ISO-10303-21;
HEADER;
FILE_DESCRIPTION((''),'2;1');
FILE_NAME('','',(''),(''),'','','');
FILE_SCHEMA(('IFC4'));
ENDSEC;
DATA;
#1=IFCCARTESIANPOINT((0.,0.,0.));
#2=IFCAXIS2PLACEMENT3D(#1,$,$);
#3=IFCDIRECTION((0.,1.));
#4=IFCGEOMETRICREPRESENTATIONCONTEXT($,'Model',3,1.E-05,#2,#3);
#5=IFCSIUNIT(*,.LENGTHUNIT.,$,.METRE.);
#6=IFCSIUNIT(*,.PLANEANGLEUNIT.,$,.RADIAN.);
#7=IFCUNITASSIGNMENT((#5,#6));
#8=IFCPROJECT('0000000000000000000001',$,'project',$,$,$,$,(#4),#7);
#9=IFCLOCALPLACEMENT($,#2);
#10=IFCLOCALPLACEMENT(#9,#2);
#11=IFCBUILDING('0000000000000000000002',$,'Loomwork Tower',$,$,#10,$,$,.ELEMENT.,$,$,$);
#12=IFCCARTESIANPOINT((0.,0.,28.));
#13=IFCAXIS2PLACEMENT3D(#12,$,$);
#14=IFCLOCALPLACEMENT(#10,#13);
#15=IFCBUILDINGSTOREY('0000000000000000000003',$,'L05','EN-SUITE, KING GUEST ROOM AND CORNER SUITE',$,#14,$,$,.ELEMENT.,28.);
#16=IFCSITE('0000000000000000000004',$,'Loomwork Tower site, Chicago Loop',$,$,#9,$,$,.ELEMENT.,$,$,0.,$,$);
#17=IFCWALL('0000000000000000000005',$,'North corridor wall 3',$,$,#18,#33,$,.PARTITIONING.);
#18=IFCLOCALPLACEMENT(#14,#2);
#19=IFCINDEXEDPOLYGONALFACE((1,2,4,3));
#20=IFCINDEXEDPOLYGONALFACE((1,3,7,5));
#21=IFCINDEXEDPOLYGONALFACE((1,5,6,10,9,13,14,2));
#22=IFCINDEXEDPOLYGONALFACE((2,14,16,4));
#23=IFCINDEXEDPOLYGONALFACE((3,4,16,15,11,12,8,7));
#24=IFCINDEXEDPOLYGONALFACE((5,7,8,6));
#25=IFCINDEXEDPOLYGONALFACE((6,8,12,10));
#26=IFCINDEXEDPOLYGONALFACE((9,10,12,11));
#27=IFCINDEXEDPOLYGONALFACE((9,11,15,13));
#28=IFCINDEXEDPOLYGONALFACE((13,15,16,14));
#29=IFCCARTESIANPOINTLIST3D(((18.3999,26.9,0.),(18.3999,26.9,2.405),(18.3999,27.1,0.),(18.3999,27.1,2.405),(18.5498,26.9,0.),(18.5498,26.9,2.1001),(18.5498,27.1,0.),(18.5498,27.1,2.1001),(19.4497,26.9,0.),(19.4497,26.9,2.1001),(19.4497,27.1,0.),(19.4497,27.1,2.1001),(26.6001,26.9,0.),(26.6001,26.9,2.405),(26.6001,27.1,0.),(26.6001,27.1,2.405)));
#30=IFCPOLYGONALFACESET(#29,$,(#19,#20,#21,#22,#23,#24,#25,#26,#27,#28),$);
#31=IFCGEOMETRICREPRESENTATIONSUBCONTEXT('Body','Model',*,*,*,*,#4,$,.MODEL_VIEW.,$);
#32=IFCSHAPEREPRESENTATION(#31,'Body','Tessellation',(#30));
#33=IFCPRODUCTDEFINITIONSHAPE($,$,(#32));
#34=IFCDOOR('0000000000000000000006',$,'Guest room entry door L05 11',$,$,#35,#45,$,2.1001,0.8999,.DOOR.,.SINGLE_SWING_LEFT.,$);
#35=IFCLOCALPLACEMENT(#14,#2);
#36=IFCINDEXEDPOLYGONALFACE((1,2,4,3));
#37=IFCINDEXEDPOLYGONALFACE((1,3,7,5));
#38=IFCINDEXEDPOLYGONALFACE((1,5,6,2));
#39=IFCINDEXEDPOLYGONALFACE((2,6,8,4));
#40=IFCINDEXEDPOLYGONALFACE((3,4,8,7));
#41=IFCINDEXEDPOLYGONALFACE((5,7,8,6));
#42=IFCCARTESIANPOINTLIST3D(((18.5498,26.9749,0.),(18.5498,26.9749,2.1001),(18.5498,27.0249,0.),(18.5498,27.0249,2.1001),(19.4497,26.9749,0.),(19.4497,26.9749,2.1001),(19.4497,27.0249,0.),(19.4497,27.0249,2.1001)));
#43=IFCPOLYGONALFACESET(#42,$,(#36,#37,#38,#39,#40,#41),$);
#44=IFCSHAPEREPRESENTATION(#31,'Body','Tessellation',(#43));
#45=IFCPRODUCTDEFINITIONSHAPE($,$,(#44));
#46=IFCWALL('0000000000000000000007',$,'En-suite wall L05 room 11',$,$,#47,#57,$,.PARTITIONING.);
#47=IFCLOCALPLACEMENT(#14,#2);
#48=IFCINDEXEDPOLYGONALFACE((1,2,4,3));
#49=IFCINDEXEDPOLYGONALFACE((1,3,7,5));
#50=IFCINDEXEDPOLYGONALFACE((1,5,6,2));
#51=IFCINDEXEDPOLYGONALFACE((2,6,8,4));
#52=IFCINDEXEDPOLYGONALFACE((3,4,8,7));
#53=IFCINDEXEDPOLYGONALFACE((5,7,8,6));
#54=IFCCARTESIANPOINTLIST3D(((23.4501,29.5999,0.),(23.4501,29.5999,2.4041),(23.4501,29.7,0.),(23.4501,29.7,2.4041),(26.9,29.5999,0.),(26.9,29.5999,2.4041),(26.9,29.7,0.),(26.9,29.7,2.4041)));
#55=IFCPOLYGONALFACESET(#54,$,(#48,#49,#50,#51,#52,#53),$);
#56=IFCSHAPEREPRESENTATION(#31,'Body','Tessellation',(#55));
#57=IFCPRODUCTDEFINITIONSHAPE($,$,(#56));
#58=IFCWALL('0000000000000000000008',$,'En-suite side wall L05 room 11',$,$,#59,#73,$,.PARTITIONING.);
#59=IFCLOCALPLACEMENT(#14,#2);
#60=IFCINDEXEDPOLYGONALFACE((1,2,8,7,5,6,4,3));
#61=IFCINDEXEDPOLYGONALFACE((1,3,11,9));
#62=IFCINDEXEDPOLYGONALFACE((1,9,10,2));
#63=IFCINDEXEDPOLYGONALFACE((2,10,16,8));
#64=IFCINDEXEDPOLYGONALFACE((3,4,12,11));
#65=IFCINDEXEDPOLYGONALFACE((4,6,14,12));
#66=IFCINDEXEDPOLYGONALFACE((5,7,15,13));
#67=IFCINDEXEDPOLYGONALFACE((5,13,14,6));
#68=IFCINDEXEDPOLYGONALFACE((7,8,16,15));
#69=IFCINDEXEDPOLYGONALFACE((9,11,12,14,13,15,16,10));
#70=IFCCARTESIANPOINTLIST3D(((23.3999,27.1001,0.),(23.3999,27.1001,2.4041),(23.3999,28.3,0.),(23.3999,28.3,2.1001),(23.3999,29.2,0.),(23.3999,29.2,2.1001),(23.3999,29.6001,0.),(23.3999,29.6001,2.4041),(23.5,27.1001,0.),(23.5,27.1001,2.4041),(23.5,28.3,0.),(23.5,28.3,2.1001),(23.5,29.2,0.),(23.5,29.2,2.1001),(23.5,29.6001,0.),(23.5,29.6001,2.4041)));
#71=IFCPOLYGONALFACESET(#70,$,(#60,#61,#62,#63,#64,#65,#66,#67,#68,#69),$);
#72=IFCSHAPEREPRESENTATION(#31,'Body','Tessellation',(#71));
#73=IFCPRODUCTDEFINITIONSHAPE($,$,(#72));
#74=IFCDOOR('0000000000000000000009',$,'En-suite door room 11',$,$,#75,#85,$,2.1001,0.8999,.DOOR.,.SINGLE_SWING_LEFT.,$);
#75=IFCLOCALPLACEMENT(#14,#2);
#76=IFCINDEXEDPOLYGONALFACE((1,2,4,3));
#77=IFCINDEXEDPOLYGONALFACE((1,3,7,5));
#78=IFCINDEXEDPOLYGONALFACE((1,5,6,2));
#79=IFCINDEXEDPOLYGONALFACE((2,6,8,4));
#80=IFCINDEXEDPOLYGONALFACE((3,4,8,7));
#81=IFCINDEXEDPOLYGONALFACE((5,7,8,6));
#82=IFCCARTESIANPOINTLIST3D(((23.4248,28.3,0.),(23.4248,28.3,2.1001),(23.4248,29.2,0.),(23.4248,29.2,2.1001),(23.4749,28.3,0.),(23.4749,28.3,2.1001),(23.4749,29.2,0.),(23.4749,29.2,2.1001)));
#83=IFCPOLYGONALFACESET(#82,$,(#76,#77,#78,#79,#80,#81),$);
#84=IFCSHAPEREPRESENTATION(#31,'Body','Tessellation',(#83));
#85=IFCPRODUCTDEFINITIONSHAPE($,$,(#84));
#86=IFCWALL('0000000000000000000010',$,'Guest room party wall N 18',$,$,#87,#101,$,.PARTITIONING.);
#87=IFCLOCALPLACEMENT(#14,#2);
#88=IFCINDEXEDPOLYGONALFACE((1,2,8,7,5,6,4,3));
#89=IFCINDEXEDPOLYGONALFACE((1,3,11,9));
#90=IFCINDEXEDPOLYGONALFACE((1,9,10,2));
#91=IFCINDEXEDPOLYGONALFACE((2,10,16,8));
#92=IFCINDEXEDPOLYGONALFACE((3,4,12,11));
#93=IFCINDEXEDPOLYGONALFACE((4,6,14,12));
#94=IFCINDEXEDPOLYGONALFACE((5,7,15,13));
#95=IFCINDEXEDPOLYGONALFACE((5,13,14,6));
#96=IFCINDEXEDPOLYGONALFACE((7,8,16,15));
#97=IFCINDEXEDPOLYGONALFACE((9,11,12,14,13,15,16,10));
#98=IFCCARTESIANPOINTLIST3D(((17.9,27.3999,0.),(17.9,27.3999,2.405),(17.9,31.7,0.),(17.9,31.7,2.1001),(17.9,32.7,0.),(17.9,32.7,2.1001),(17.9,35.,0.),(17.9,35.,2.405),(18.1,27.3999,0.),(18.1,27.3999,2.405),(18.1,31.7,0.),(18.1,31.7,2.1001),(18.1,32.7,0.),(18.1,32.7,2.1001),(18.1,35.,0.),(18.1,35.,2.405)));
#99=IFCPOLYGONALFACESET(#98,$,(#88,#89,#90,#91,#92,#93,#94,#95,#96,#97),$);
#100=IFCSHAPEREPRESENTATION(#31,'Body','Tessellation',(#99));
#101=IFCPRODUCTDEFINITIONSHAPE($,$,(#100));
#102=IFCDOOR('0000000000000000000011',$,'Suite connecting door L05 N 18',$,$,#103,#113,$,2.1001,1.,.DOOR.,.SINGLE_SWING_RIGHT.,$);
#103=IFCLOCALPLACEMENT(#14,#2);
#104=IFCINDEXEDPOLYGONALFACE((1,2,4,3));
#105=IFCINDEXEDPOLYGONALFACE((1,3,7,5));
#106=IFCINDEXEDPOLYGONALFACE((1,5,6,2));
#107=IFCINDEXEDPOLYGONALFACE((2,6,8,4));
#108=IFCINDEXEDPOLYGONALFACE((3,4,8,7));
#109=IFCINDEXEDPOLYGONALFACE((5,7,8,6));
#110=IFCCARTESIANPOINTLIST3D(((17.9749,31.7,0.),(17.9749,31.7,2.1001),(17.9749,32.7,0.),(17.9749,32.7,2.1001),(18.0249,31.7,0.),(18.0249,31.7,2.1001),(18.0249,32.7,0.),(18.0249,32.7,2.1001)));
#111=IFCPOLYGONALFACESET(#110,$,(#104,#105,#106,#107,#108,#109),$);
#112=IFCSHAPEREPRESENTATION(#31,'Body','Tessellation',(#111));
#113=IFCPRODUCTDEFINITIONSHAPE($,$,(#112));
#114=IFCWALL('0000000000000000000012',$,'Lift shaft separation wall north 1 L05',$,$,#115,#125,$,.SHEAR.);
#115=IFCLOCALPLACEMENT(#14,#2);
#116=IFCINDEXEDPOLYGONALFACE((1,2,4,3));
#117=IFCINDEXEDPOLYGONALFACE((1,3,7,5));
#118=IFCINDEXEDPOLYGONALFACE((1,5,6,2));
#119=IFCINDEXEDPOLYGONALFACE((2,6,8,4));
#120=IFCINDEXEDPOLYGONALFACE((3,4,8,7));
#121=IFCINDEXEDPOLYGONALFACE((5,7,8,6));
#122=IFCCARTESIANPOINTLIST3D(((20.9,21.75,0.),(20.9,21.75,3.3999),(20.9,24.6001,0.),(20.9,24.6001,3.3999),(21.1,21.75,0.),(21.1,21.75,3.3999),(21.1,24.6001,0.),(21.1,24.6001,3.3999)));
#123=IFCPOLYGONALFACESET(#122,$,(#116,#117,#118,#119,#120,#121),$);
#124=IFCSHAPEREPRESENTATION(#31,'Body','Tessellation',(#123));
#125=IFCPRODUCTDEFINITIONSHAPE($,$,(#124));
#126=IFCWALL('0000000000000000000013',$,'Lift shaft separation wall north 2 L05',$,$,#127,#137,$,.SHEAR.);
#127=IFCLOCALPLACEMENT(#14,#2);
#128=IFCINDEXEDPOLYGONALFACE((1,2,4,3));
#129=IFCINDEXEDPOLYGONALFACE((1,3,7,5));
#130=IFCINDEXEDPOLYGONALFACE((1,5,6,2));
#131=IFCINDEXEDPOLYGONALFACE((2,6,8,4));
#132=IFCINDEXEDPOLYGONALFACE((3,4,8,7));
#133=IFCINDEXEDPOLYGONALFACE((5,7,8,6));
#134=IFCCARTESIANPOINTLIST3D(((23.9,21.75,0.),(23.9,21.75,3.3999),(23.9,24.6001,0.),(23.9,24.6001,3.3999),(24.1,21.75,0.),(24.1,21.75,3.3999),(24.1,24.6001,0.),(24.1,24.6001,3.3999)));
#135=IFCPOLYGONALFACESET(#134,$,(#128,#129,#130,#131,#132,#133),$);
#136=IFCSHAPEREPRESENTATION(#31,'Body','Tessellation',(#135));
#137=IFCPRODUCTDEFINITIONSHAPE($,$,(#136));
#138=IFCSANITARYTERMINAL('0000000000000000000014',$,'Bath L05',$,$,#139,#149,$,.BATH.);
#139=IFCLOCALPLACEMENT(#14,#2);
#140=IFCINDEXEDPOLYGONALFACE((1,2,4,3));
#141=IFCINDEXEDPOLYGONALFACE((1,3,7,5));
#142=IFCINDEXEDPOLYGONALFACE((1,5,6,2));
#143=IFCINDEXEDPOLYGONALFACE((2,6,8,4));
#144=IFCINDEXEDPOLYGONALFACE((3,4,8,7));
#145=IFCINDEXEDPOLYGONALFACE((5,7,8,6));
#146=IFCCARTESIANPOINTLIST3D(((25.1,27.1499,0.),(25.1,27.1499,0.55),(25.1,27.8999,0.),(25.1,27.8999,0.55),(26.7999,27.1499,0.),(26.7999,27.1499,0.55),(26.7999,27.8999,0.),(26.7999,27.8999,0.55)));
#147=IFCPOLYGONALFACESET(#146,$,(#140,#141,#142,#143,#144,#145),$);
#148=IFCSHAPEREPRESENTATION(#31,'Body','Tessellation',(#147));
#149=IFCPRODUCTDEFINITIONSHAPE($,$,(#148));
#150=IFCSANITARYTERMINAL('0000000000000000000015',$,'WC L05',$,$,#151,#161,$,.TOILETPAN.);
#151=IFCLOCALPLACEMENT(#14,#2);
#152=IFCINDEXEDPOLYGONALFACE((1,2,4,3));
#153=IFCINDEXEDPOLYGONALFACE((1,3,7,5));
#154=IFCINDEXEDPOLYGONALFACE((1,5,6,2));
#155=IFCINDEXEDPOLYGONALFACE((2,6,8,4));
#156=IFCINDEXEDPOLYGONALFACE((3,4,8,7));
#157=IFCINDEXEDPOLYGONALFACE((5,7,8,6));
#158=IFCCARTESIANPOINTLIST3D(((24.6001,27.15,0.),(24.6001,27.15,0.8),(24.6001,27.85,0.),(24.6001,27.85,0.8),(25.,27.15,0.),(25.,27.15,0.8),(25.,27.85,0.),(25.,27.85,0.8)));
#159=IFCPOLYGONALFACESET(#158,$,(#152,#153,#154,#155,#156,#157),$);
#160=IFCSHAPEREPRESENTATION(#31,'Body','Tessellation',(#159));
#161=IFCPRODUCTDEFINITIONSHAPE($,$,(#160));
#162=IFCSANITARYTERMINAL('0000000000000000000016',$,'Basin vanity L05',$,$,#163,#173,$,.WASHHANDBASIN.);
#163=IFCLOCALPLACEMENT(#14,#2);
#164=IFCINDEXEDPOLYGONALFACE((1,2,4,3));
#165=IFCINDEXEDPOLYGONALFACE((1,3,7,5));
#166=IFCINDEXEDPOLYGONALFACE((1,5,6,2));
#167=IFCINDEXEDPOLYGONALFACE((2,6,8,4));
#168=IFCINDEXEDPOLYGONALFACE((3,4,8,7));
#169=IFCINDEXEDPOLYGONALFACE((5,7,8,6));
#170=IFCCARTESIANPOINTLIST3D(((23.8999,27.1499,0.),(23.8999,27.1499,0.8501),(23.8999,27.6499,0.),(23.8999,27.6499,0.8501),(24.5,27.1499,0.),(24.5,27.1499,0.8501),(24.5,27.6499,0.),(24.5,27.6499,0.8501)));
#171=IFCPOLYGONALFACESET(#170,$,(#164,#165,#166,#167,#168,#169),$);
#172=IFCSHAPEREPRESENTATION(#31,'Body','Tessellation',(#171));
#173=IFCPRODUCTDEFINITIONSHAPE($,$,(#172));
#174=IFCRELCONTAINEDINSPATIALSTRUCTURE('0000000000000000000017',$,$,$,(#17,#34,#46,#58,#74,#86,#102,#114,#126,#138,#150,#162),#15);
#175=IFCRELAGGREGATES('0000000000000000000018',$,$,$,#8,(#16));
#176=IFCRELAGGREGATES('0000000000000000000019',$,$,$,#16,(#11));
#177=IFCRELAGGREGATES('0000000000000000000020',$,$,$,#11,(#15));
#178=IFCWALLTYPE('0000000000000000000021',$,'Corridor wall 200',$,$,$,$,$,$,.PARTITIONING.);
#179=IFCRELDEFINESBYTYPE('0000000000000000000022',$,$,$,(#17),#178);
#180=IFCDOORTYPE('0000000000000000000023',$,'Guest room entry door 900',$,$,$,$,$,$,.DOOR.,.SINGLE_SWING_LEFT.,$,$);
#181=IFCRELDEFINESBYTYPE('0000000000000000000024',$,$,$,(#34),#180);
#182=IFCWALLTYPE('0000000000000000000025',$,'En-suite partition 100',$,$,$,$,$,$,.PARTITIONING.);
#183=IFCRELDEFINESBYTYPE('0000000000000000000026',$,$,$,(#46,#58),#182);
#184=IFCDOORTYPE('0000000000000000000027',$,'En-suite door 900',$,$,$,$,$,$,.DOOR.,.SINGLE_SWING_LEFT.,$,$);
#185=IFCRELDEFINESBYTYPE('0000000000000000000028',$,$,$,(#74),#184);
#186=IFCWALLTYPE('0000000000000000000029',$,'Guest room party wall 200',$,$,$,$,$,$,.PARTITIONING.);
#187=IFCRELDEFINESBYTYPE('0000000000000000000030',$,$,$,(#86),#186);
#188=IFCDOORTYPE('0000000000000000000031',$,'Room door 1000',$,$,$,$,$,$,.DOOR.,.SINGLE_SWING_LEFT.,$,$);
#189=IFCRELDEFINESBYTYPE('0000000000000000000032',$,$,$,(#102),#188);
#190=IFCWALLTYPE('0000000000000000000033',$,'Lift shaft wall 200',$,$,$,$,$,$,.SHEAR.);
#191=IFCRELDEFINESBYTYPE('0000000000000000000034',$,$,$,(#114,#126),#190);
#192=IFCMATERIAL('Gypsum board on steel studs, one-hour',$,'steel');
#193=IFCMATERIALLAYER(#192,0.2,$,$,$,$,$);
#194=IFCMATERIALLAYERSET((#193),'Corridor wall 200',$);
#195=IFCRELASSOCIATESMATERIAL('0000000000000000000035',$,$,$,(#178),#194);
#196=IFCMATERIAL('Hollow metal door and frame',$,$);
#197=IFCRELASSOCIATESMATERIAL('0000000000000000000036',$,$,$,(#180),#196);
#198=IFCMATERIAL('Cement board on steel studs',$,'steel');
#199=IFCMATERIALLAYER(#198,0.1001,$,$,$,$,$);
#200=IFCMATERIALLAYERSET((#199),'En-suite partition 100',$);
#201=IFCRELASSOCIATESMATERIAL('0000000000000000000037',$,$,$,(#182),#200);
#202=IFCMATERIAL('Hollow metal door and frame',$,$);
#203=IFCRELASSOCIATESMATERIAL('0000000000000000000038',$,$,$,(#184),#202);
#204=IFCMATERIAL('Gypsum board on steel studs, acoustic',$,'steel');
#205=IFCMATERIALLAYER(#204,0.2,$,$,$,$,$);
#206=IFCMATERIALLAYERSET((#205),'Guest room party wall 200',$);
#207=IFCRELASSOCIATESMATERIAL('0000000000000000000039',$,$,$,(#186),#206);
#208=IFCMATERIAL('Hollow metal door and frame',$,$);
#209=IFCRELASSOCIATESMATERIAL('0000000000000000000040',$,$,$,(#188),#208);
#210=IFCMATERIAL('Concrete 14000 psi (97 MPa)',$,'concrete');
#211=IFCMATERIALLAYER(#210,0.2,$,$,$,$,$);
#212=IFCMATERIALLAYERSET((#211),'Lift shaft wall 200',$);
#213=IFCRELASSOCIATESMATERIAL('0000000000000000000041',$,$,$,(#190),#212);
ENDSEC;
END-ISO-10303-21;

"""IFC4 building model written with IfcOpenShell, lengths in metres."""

from ifc_helpers import new_model, si_unit, direction, frame, frame_2d, origin, origin_2d, place, context, subcontext, project, spatial, rectangle, extrude, material, layer, layer_set, type_object, element, fill, save


model = new_model("IFC4")

# Units and contexts
model_context = context("Model", 3, precision=1e-05, world=origin(), true_north=direction((0.0, 1.0)))
body_context = subcontext(model_context, "Body", "Model", "MODEL_VIEW")
ifc_project = project(units=[si_unit("LENGTHUNIT", "METRE"), si_unit("PLANEANGLEUNIT", "RADIAN")], contexts=[model_context])

# Site, building, storey
site_placement = place(None, origin())
site = spatial("IfcSite", under=ifc_project, at=site_placement, Name="Loomwork Tower site, Chicago Loop", CompositionType="ELEMENT", RefElevation=0.0)
building_placement = place(site_placement, origin())
building = spatial("IfcBuilding", under=site, at=building_placement, Name="Loomwork Tower", CompositionType="ELEMENT")
storey_placement = place(building_placement, frame((0.0, 0.0, 28.0)))
storey = spatial("IfcBuildingStorey", under=building, at=storey_placement, Name="L05", Description="EN-SUITE, KING GUEST ROOM AND CORNER SUITE", CompositionType="ELEMENT", Elevation=28.0)

# Wall, opening, door
ifc_material_1 = material(Name="Gypsum board on steel studs, one-hour", Category="steel")
ifc_layer_1 = layer(ifc_material_1, 0.2)
ifc_layer_set_1 = layer_set([ifc_layer_1], Name="Corridor wall 200")
wall_type_1 = type_object("IfcWallType", Name="Corridor wall 200", PredefinedType="PARTITIONING", material=ifc_layer_set_1)
wall_1_placement = place(storey_placement, frame((18.3999, 27.0, 0.0), z_axis=(0.0, 0.0, 1.0), x_axis=(1.0, 0.0, 0.0)))
wall_1 = element("IfcWall", 1, at=wall_1_placement, inside=storey, type_object=wall_type_1, Name="North corridor wall 3", PredefinedType="PARTITIONING", context=body_context, shape_type="SweptSolid", body=[
    extrude(rectangle(XDim=8.2002, YDim=0.2, at=frame_2d((4.1001, 0.0))), origin(), (0.0, 0.0, 1.0), 2.405),
])
opening_1_placement = place(wall_1_placement, frame((0.1499, 0.0, 0.0)))
opening_1 = element("IfcOpeningElement", 2, at=opening_1_placement, cuts=wall_1, PredefinedType="OPENING", context=body_context, shape_type="SweptSolid", body=[
    extrude(rectangle(XDim=0.8999, YDim=2.1001, at=frame_2d((0.45, 1.05))), frame((0.0, 0.1099, 0.0), z_axis=(0.0, -1.0, 0.0), x_axis=(1.0, 0.0, 0.0)), (0.0, 0.0, 1.0), 0.22),
])
ifc_material_2 = material(Name="Hollow metal door and frame")
door_type_1 = type_object("IfcDoorType", Name="Guest room entry door 900", OperationType="SINGLE_SWING_LEFT", PredefinedType="DOOR", material=ifc_material_2)
door_1_placement = place(opening_1_placement, origin())
door_1 = element("IfcDoor", 3, at=door_1_placement, inside=storey, type_object=door_type_1, Name="Guest room entry door L05 11", OperationType="SINGLE_SWING_LEFT", OverallHeight=2.1001, OverallWidth=0.8999, PredefinedType="DOOR", context=body_context, shape_type="SweptSolid", body=[
    extrude(rectangle(XDim=0.8999, YDim=2.1001, at=frame_2d((0.45, 1.05))), frame((0.0, 0.0249, 0.0), z_axis=(0.0, -1.0, 0.0), x_axis=(1.0, 0.0, 0.0)), (0.0, 0.0, 1.0), 0.05),
])
fill(opening_1, door_1)

# Wall
ifc_material_3 = material(Name="Cement board on steel studs", Category="steel")
ifc_layer_2 = layer(ifc_material_3, 0.1001)
ifc_layer_set_2 = layer_set([ifc_layer_2], Name="En-suite partition 100")
wall_type_2 = type_object("IfcWallType", Name="En-suite partition 100", PredefinedType="PARTITIONING", material=ifc_layer_set_2)
wall_2_placement = place(storey_placement, frame((23.45, 29.6499, 0.0), z_axis=(0.0, 0.0, 1.0), x_axis=(1.0, 0.0, 0.0)))
element("IfcWall", 4, at=wall_2_placement, inside=storey, type_object=wall_type_2, Name="En-suite wall L05 room 11", PredefinedType="PARTITIONING", context=body_context, shape_type="SweptSolid", body=[
    extrude(rectangle(XDim=3.45, YDim=0.1001, at=frame_2d((1.7251, 0.0))), origin(), (0.0, 0.0, 1.0), 2.4041),
])

# Walls, openings, doors
wall_3_placement = place(storey_placement, frame((23.45, 27.1001, 0.0), z_axis=(0.0, 0.0, 1.0), x_axis=(0.0, 1.0, 0.0)))
wall_3 = element("IfcWall", 5, at=wall_3_placement, inside=storey, type_object=wall_type_2, Name="En-suite side wall L05 room 11", PredefinedType="PARTITIONING", context=body_context, shape_type="SweptSolid", body=[
    extrude(rectangle(XDim=2.5, YDim=0.1001, at=frame_2d((1.25, 0.0))), origin(), (0.0, 0.0, 1.0), 2.4041),
])
opening_2_placement = place(wall_3_placement, frame((1.2, 0.0, 0.0)))
opening_2 = element("IfcOpeningElement", 6, at=opening_2_placement, cuts=wall_3, PredefinedType="OPENING", context=body_context, shape_type="SweptSolid", body=[
    extrude(rectangle(XDim=0.8999, YDim=2.1001, at=frame_2d((0.45, 1.05))), frame((0.0, 0.0601, 0.0), z_axis=(0.0, -1.0, 0.0), x_axis=(1.0, 0.0, 0.0)), (0.0, 0.0, 1.0), 0.1201),
])
ifc_material_4 = material(Name="Hollow metal door and frame")
door_type_2 = type_object("IfcDoorType", Name="En-suite door 900", OperationType="SINGLE_SWING_LEFT", PredefinedType="DOOR", material=ifc_material_4)
door_2_placement = place(opening_2_placement, frame((0.8999, 0.0, 0.0), z_axis=(0.0, 0.0, 1.0), x_axis=(-1.0, 0.0, 0.0)))
door_2 = element("IfcDoor", 7, at=door_2_placement, inside=storey, type_object=door_type_2, Name="En-suite door room 11", OperationType="SINGLE_SWING_LEFT", OverallHeight=2.1001, OverallWidth=0.8999, PredefinedType="DOOR", context=body_context, shape_type="SweptSolid", body=[
    extrude(rectangle(XDim=0.8999, YDim=2.1001, at=frame_2d((0.45, 1.05))), frame((0.0, 0.0249, 0.0), z_axis=(0.0, -1.0, 0.0), x_axis=(1.0, 0.0, 0.0)), (0.0, 0.0, 1.0), 0.05),
])
fill(opening_2, door_2)
ifc_material_5 = material(Name="Gypsum board on steel studs, acoustic", Category="steel")
ifc_layer_3 = layer(ifc_material_5, 0.2)
ifc_layer_set_3 = layer_set([ifc_layer_3], Name="Guest room party wall 200")
wall_type_3 = type_object("IfcWallType", Name="Guest room party wall 200", PredefinedType="PARTITIONING", material=ifc_layer_set_3)
wall_4_placement = place(storey_placement, frame((18.0, 27.3999, 0.0), z_axis=(0.0, 0.0, 1.0), x_axis=(0.0, 1.0, 0.0)))
wall_4 = element("IfcWall", 8, at=wall_4_placement, inside=storey, type_object=wall_type_3, Name="Guest room party wall N 18", PredefinedType="PARTITIONING", context=body_context, shape_type="SweptSolid", body=[
    extrude(rectangle(XDim=7.6001, YDim=0.2, at=frame_2d((3.8, 0.0))), origin(), (0.0, 0.0, 1.0), 2.405),
])
opening_3_placement = place(wall_4_placement, frame((4.3, 0.0, 0.0)))
opening_3 = element("IfcOpeningElement", 9, at=opening_3_placement, cuts=wall_4, PredefinedType="OPENING", context=body_context, shape_type="SweptSolid", body=[
    extrude(rectangle(XDim=1.0, YDim=2.1001, at=frame_2d((0.5, 1.05))), frame((0.0, 0.1099, 0.0), z_axis=(0.0, -1.0, 0.0), x_axis=(1.0, 0.0, 0.0)), (0.0, 0.0, 1.0), 0.22),
])
ifc_material_6 = material(Name="Hollow metal door and frame")
door_type_3 = type_object("IfcDoorType", Name="Room door 1000", OperationType="SINGLE_SWING_LEFT", PredefinedType="DOOR", material=ifc_material_6)
door_3_placement = place(opening_3_placement, frame((1.0, 0.0, 0.0), z_axis=(0.0, 0.0, 1.0), x_axis=(-1.0, 0.0, 0.0)))
door_3 = element("IfcDoor", 10, at=door_3_placement, inside=storey, type_object=door_type_3, Name="Suite connecting door L05 N 18", OperationType="SINGLE_SWING_RIGHT", OverallHeight=2.1001, OverallWidth=1.0, PredefinedType="DOOR", context=body_context, shape_type="SweptSolid", body=[
    extrude(rectangle(XDim=1.0, YDim=2.1001, at=frame_2d((0.5, 1.05))), frame((0.0, 0.0249, 0.0), z_axis=(0.0, -1.0, 0.0), x_axis=(1.0, 0.0, 0.0)), (0.0, 0.0, 1.0), 0.05),
])
fill(opening_3, door_3)

# Walls
ifc_material_7 = material(Name="Concrete 14000 psi (97 MPa)", Category="concrete")
ifc_layer_4 = layer(ifc_material_7, 0.2)
ifc_layer_set_4 = layer_set([ifc_layer_4], Name="Lift shaft wall 200")
wall_type_4 = type_object("IfcWallType", Name="Lift shaft wall 200", PredefinedType="SHEAR", material=ifc_layer_set_4)
for number, where, z_axis, x_axis, name in (
    (11, (21.0, 21.75, 0.0), (0.0, 0.0, 1.0), (0.0, 1.0, 0.0), "Lift shaft separation wall north 1 L05"),
    (12, (24.0, 21.75, 0.0), (0.0, 0.0, 1.0), (0.0, 1.0, 0.0), "Lift shaft separation wall north 2 L05"),
):
    element("IfcWall", number, at=place(storey_placement, frame(where, z_axis=z_axis, x_axis=x_axis)), inside=storey, type_object=wall_type_4, Name=name, PredefinedType="SHEAR", context=body_context, shape_type="SweptSolid", body=[
        extrude(rectangle(XDim=2.8501, YDim=0.2, at=frame_2d((1.425, 0.0))), origin(), (0.0, 0.0, 1.0), 3.3999),
    ])

# Sanitary terminals
sanitary_terminal_1_placement = place(storey_placement, frame((25.95, 27.5249, 0.0), z_axis=(0.0, 0.0, 1.0), x_axis=(1.0, 0.0, 0.0)))
element("IfcSanitaryTerminal", 13, at=sanitary_terminal_1_placement, inside=storey, Name="Bath L05", PredefinedType="BATH", context=body_context, shape_type="SweptSolid", body=[
    extrude(rectangle(XDim=1.7, YDim=0.75, at=origin_2d()), origin(), (0.0, 0.0, 1.0), 0.55),
])
sanitary_terminal_2_placement = place(storey_placement, frame((24.8, 27.5, 0.0), z_axis=(0.0, 0.0, 1.0), x_axis=(1.0, 0.0, 0.0)))
element("IfcSanitaryTerminal", 14, at=sanitary_terminal_2_placement, inside=storey, Name="WC L05", PredefinedType="TOILETPAN", context=body_context, shape_type="SweptSolid", body=[
    extrude(rectangle(XDim=0.3999, YDim=0.7, at=origin_2d()), origin(), (0.0, 0.0, 1.0), 0.8),
])
sanitary_terminal_3_placement = place(storey_placement, frame((24.2, 27.3999, 0.0), z_axis=(0.0, 0.0, 1.0), x_axis=(1.0, 0.0, 0.0)))
element("IfcSanitaryTerminal", 15, at=sanitary_terminal_3_placement, inside=storey, Name="Basin vanity L05", PredefinedType="WASHHANDBASIN", context=body_context, shape_type="SweptSolid", body=[
    extrude(rectangle(XDim=0.6001, YDim=0.5, at=origin_2d()), origin(), (0.0, 0.0, 1.0), 0.8501),
])

save(model, "model.ifc")
